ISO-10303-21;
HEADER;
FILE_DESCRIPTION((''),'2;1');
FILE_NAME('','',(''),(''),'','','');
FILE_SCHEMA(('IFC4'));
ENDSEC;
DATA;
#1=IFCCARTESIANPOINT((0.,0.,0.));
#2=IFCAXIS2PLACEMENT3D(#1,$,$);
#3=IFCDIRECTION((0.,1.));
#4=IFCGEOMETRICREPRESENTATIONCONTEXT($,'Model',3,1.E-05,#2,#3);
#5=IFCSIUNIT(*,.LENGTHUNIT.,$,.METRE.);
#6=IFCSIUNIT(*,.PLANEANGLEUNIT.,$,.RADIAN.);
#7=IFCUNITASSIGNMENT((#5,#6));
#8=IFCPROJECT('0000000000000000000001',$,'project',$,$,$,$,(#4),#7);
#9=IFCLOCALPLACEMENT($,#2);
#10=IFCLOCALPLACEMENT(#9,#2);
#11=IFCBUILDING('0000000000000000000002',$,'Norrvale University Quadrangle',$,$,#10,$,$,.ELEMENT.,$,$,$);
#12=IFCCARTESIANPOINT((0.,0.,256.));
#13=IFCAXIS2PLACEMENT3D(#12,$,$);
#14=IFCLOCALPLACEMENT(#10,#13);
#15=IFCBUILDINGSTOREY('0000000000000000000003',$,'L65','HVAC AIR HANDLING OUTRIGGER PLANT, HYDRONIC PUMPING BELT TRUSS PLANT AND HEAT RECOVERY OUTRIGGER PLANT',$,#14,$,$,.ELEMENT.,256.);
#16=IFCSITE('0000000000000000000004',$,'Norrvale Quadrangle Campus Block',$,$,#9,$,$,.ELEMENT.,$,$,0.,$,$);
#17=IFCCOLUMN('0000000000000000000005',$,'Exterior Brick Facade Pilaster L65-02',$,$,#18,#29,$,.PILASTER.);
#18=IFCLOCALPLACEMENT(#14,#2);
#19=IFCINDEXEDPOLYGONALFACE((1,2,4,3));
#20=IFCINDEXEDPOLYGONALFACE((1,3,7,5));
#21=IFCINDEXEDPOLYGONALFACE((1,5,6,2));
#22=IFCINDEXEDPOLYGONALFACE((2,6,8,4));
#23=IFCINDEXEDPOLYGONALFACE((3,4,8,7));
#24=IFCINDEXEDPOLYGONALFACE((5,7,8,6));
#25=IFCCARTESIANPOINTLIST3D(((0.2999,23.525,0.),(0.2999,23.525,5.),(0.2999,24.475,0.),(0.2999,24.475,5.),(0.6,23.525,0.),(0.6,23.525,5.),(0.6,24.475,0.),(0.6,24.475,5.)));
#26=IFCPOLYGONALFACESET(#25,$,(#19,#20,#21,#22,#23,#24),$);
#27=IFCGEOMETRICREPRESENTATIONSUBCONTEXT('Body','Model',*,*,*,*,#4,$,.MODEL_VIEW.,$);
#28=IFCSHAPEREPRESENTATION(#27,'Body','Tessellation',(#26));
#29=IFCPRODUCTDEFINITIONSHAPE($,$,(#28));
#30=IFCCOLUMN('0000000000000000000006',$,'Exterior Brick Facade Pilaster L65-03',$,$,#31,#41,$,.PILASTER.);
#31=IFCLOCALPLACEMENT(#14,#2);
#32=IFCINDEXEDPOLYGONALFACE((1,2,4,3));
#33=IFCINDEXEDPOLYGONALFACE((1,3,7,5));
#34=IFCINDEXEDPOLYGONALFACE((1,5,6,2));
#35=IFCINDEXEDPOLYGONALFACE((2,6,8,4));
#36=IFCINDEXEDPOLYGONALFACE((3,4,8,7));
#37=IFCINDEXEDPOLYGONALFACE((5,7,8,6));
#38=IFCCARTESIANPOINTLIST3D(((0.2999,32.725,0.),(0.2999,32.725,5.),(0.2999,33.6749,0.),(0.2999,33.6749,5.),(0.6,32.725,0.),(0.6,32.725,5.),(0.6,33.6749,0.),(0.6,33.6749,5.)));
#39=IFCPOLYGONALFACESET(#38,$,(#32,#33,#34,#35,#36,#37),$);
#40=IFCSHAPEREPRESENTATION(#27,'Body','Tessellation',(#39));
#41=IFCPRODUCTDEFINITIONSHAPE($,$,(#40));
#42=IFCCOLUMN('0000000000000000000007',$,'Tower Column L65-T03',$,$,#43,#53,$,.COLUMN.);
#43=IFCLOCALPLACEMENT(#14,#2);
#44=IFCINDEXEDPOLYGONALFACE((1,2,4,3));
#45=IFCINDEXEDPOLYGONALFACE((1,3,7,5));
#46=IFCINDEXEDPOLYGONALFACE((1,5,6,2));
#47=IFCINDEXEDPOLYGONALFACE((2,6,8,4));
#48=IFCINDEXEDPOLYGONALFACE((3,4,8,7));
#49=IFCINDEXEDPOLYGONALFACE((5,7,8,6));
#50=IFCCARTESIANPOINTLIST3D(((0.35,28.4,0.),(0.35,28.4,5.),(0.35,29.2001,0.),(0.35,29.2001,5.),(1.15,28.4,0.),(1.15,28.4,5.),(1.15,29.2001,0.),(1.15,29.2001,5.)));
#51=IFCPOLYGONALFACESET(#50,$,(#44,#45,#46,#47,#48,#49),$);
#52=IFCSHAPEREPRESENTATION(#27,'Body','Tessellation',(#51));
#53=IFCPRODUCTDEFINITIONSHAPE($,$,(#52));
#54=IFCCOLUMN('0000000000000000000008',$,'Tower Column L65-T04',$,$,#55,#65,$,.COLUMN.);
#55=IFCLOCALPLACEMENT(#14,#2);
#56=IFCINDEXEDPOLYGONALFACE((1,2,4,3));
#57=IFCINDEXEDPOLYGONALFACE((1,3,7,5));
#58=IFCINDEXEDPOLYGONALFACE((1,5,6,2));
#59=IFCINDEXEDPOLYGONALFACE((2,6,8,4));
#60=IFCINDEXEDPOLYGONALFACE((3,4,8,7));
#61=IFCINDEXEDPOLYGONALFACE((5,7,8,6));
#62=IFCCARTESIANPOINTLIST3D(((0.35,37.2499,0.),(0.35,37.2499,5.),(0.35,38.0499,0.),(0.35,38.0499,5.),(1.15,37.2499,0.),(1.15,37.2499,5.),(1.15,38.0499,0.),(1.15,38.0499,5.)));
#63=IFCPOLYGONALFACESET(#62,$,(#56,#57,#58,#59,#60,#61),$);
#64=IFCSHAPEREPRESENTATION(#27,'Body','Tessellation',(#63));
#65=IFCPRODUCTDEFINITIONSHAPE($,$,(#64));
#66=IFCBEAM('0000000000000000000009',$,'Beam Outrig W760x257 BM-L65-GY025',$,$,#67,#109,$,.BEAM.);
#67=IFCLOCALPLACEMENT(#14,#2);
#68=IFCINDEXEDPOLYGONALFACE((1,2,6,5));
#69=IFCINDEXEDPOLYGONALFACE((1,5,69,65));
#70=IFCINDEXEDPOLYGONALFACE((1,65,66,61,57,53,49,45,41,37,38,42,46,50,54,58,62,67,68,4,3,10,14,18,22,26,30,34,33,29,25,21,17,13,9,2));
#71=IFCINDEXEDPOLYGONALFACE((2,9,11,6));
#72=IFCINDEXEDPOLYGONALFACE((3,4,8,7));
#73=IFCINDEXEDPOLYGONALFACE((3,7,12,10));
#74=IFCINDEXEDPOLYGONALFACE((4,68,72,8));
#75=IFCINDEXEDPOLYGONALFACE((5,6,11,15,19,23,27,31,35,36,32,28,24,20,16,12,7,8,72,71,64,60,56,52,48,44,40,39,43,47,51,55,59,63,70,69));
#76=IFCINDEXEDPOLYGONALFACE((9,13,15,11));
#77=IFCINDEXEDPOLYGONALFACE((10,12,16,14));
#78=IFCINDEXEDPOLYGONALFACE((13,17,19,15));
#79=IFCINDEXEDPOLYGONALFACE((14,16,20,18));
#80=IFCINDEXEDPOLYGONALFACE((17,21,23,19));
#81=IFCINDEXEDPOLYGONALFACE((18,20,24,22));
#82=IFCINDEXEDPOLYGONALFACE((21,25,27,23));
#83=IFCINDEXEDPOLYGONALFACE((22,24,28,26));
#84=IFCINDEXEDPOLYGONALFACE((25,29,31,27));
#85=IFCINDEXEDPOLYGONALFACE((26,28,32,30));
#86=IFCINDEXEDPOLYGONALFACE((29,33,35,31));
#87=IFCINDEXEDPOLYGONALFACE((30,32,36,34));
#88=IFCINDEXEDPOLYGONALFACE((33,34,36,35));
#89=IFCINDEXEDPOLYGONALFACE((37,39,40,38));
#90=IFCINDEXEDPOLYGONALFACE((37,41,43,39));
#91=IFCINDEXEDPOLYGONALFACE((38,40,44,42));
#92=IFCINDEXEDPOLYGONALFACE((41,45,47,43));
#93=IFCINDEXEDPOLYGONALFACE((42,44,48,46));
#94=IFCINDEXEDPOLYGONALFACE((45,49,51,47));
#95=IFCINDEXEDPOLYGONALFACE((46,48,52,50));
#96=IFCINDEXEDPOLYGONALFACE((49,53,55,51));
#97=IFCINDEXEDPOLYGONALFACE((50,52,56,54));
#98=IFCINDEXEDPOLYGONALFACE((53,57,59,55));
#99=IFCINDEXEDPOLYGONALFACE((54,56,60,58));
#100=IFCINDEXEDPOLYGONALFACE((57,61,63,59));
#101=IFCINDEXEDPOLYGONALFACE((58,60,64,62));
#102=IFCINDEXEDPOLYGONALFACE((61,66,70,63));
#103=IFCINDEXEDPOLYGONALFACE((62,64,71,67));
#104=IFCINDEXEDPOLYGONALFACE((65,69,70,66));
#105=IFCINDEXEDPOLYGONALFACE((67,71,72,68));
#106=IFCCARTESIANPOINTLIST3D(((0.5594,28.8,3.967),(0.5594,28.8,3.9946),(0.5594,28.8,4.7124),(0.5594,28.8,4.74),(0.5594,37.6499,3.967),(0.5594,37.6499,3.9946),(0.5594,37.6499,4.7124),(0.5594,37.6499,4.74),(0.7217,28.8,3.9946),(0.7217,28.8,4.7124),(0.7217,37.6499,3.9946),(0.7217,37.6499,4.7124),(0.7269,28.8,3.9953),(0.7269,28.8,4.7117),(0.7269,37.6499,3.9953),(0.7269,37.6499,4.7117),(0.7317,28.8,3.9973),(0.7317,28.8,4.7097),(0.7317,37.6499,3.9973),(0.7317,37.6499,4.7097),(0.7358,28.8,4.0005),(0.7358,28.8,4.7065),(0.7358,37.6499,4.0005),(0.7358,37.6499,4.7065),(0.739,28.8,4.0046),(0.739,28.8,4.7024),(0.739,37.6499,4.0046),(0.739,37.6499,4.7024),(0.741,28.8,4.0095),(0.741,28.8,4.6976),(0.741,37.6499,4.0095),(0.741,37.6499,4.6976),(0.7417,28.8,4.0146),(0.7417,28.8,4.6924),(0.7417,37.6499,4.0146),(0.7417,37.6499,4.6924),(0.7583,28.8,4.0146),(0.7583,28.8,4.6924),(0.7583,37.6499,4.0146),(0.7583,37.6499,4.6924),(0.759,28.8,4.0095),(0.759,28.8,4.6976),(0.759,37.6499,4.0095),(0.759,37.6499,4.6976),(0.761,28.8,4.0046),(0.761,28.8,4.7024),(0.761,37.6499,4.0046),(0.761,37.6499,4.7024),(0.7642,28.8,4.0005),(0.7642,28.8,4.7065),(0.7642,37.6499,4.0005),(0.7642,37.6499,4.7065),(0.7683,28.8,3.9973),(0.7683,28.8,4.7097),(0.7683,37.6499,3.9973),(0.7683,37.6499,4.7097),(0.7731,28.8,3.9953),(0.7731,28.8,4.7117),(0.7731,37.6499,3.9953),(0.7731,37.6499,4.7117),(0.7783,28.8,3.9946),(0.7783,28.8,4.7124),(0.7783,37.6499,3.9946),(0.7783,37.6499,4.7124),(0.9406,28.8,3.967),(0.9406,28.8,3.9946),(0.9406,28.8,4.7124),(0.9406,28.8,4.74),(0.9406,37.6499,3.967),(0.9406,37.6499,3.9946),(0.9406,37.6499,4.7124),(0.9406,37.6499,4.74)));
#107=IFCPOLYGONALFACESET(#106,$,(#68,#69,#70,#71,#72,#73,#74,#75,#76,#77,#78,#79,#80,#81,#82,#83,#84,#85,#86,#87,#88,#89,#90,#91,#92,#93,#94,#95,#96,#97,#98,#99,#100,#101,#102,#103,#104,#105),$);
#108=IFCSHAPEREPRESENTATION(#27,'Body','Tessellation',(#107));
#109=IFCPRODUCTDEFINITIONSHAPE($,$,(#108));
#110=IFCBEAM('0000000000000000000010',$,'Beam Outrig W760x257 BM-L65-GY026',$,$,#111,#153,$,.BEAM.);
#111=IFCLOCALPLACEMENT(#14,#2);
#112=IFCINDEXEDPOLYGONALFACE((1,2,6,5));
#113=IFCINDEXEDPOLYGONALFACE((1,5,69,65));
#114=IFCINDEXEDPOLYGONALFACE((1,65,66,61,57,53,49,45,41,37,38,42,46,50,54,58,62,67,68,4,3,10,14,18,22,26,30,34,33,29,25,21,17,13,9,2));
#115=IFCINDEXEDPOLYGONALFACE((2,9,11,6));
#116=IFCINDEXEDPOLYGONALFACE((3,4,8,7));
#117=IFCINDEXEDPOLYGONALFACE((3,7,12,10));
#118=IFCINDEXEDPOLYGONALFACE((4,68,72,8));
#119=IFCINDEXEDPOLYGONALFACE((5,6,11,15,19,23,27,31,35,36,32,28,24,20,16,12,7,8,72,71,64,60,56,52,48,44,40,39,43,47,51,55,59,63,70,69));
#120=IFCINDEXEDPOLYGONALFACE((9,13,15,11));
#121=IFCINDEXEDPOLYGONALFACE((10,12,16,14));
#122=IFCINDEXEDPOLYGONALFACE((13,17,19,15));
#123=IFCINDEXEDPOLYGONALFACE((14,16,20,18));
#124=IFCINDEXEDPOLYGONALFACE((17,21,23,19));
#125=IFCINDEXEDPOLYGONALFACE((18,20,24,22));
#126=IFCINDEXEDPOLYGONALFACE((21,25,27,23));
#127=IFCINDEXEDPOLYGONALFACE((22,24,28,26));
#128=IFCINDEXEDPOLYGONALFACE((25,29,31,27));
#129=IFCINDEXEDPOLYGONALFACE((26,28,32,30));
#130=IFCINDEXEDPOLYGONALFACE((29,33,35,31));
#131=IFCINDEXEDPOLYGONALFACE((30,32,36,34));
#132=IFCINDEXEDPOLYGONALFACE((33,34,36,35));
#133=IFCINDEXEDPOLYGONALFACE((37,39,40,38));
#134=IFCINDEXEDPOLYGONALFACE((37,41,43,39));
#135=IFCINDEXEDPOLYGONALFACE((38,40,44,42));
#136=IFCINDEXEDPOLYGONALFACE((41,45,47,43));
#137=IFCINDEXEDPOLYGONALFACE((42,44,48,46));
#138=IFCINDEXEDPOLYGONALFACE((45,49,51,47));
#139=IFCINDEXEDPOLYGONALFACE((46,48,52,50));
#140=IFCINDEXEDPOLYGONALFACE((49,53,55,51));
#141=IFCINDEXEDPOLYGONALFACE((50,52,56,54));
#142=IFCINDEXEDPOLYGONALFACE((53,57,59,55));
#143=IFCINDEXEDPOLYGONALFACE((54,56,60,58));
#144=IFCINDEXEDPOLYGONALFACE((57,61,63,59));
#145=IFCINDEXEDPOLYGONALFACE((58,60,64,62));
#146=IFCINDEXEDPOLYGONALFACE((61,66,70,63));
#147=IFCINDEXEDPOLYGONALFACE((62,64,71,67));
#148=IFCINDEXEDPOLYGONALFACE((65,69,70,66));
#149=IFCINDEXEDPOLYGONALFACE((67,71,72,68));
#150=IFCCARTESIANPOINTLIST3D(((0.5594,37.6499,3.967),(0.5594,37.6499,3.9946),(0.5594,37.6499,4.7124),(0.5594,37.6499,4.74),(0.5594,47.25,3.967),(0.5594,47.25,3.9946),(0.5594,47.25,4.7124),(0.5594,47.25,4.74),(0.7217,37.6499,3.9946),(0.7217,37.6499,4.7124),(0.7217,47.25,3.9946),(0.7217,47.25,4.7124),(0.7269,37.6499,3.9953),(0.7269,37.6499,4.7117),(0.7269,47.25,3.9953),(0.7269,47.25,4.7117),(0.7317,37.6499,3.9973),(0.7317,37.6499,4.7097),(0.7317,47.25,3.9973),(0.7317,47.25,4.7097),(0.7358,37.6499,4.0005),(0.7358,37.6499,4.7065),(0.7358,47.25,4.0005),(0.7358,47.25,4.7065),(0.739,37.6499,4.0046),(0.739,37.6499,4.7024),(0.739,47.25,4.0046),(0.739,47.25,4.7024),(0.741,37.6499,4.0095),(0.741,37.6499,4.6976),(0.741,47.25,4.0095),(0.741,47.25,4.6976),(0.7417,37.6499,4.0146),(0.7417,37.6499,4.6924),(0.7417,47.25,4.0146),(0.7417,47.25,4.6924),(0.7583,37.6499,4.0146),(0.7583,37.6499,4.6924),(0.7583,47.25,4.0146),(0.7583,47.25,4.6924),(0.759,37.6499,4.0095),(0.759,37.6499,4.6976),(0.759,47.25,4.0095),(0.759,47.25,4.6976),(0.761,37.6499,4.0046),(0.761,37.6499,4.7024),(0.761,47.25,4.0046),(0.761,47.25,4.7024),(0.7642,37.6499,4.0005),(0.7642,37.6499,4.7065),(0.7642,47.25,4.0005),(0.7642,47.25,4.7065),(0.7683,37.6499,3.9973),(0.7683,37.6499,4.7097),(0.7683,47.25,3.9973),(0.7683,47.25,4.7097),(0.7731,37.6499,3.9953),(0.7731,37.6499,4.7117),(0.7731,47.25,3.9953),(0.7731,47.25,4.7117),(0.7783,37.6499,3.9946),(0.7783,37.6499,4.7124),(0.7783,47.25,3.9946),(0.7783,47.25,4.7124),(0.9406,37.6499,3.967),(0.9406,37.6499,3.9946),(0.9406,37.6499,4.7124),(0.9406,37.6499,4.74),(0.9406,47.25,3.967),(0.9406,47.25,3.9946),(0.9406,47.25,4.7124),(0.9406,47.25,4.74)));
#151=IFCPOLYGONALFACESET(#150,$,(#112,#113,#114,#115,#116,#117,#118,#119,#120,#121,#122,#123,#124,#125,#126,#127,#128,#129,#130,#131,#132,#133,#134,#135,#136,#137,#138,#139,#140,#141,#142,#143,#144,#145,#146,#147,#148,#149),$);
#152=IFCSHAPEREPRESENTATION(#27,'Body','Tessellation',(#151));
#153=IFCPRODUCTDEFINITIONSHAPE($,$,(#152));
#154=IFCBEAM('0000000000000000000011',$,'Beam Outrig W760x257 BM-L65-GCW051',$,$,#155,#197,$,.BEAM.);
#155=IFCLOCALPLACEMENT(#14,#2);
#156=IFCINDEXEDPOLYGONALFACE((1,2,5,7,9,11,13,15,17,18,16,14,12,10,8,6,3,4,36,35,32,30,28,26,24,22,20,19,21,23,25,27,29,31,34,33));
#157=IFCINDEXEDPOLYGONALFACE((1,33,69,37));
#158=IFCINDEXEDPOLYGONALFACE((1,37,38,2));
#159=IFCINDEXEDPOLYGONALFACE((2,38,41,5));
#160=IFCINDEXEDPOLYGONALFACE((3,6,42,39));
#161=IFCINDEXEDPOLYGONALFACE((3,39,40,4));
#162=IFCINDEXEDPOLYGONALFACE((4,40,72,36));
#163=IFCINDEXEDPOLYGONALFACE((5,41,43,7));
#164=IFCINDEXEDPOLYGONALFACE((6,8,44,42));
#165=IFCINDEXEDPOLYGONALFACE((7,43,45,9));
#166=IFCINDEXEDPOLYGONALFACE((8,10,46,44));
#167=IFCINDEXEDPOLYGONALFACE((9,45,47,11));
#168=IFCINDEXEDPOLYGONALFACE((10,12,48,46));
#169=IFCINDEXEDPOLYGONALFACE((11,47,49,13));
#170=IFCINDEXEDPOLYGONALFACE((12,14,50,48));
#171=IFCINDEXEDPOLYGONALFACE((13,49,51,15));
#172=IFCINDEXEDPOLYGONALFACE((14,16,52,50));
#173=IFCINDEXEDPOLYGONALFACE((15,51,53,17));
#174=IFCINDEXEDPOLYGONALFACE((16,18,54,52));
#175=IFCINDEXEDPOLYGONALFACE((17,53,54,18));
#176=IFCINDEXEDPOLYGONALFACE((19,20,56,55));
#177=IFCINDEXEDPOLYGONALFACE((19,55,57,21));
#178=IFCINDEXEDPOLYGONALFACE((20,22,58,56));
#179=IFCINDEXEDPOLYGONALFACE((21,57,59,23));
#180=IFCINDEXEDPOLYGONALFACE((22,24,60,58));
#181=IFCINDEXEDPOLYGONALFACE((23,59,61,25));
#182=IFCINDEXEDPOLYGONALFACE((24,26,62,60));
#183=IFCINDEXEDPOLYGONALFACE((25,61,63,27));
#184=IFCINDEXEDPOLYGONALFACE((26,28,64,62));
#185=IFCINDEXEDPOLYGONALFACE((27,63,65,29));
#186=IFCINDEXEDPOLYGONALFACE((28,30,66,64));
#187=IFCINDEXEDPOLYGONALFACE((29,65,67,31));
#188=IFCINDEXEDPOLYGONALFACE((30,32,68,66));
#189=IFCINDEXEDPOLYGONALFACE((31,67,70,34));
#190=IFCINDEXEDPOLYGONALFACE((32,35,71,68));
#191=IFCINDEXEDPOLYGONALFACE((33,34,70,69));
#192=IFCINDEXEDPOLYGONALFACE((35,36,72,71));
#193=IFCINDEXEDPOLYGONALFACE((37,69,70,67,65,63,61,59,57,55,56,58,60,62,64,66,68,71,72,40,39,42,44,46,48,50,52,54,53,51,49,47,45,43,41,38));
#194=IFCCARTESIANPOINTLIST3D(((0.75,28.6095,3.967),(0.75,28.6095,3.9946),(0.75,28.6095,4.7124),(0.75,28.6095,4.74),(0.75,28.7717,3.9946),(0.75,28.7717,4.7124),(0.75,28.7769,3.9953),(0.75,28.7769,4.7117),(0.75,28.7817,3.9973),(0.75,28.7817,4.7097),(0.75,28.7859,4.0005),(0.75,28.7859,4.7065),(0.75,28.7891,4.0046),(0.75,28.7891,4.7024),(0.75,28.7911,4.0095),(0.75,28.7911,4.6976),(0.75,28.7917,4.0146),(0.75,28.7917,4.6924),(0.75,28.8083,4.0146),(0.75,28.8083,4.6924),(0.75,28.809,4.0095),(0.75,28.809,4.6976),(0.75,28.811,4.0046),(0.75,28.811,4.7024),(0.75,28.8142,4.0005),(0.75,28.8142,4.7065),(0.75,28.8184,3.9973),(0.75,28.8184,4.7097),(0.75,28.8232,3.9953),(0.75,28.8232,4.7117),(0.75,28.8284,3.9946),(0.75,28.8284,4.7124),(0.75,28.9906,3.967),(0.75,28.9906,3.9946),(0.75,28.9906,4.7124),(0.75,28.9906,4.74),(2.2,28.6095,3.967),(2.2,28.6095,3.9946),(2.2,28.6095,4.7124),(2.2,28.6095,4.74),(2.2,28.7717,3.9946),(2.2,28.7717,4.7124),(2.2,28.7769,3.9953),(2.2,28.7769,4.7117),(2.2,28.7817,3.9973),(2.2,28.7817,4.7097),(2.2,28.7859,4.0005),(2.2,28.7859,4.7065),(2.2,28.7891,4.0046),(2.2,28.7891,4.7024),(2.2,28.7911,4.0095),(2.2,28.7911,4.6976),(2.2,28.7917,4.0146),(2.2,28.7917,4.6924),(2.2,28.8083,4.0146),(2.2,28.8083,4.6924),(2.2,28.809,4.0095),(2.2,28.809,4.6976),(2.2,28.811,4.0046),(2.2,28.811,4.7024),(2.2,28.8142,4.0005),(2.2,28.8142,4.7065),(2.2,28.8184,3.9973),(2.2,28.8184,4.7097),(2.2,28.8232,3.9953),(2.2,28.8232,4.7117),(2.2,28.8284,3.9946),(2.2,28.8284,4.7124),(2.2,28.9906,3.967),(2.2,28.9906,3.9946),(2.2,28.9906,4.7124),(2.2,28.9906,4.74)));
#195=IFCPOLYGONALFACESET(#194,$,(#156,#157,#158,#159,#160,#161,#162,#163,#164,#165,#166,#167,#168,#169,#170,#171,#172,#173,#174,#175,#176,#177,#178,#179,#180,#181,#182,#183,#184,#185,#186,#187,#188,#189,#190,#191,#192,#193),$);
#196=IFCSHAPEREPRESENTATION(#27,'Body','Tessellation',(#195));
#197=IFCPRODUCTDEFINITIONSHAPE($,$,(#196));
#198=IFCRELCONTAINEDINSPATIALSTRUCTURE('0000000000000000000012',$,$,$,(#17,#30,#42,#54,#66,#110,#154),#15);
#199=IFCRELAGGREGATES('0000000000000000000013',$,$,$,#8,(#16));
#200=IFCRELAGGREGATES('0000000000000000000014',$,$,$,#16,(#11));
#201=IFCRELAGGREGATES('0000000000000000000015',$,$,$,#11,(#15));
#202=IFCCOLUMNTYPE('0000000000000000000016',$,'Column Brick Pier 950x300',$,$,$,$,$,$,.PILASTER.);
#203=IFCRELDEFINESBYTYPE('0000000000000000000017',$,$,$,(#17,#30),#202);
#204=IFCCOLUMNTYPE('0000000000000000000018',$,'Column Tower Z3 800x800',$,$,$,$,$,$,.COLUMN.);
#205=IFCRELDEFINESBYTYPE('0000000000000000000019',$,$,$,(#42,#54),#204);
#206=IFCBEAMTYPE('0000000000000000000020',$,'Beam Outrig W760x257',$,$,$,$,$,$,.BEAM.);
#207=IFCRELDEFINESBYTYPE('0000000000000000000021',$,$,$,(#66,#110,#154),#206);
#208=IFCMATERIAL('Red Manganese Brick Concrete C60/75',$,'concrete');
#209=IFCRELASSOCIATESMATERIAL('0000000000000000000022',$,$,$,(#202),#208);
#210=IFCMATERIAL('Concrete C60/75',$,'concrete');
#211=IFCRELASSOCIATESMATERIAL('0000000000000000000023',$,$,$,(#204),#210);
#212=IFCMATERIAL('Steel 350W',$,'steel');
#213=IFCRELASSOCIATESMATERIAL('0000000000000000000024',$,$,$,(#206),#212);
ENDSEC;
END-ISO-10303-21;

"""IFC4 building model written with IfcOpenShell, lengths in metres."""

from ifc_helpers import new_model, si_unit, direction, frame, origin, origin_2d, place, context, subcontext, project, spatial, rectangle, i_section, extrude, material, material_profile, profile_set, type_object, element, save


model = new_model("IFC4")

# Units and contexts
model_context = context("Model", 3, precision=1e-05, world=origin(), true_north=direction((0.0, 1.0)))
body_context = subcontext(model_context, "Body", "Model", "MODEL_VIEW")
ifc_project = project(units=[si_unit("LENGTHUNIT", "METRE"), si_unit("PLANEANGLEUNIT", "RADIAN")], contexts=[model_context])

# Site, building, storey
site_placement = place(None, origin())
site = spatial("IfcSite", under=ifc_project, at=site_placement, Name="Norrvale Quadrangle Campus Block", CompositionType="ELEMENT", RefElevation=0.0)
building_placement = place(site_placement, origin())
building = spatial("IfcBuilding", under=site, at=building_placement, Name="Norrvale University Quadrangle", CompositionType="ELEMENT")
storey_placement = place(building_placement, frame((0.0, 0.0, 256.0)))
storey = spatial("IfcBuildingStorey", under=building, at=storey_placement, Name="L65", Description="HVAC AIR HANDLING OUTRIGGER PLANT, HYDRONIC PUMPING BELT TRUSS PLANT AND HEAT RECOVERY OUTRIGGER PLANT", CompositionType="ELEMENT", Elevation=256.0)

# Columns
ifc_material_1 = material(Name="Red Manganese Brick Concrete C60/75", Category="concrete")
ifc_material_profile_1 = material_profile(ifc_material_1, rectangle(XDim=0.95, YDim=0.3, at=origin_2d()), Name="Red Manganese Brick Concrete C60/75")
ifc_profile_set_1 = profile_set([ifc_material_profile_1], Name="Red Manganese Brick Concrete C60/75")
column_type_1 = type_object("IfcColumnType", Name="Column Brick Pier 950x300", PredefinedType="PILASTER", material=ifc_profile_set_1)
for number, where, z_axis, x_axis, name in (
    (1, (0.45, 24.0, 0.0), (0.0, 0.0, 1.0), (0.0, 1.0, 0.0), "Exterior Brick Facade Pilaster L65-02"),
    (2, (0.45, 33.2, 0.0), (0.0, 0.0, 1.0), (0.0, 1.0, 0.0), "Exterior Brick Facade Pilaster L65-03"),
):
    element("IfcColumn", number, at=place(storey_placement, frame(where, z_axis=z_axis, x_axis=x_axis)), inside=storey, type_object=column_type_1, Name=name, PredefinedType="PILASTER", context=body_context, shape_type="SweptSolid", body=[
        extrude(rectangle(XDim=0.95, YDim=0.3, at=origin_2d()), origin(), (0.0, 0.0, 1.0), 5.0),
    ])
ifc_material_2 = material(Name="Concrete C60/75", Category="concrete")
ifc_material_profile_2 = material_profile(ifc_material_2, rectangle(XDim=0.8, YDim=0.8, at=origin_2d()), Name="Concrete C60/75")
ifc_profile_set_2 = profile_set([ifc_material_profile_2], Name="Concrete C60/75")
column_type_2 = type_object("IfcColumnType", Name="Column Tower Z3 800x800", PredefinedType="COLUMN", material=ifc_profile_set_2)
for number, where, z_axis, x_axis, name in (
    (3, (0.75, 28.8, 0.0), (0.0, 0.0, 1.0), (1.0, 0.0, 0.0), "Tower Column L65-T03"),
    (4, (0.75, 37.6499, 0.0), (0.0, 0.0, 1.0), (1.0, 0.0, 0.0), "Tower Column L65-T04"),
):
    element("IfcColumn", number, at=place(storey_placement, frame(where, z_axis=z_axis, x_axis=x_axis)), inside=storey, type_object=column_type_2, Name=name, PredefinedType="COLUMN", context=body_context, shape_type="SweptSolid", body=[
        extrude(rectangle(XDim=0.8, YDim=0.8, at=origin_2d()), origin(), (0.0, 0.0, 1.0), 5.0),
    ])

# Beams
ifc_material_3 = material(Name="Steel 350W", Category="steel")
ifc_material_profile_3 = material_profile(ifc_material_3, i_section(OverallWidth=0.3811, OverallDepth=0.7729, WebThickness=0.0166, FlangeThickness=0.0276, FilletRadius=0.02, at=origin_2d()), Name="Steel 350W")
ifc_profile_set_3 = profile_set([ifc_material_profile_3], Name="Steel 350W")
beam_type = type_object("IfcBeamType", Name="Beam Outrig W760x257", PredefinedType="BEAM", material=ifc_profile_set_3)
beam_1_placement = place(storey_placement, frame((0.75, 28.8, 4.3535), z_axis=(0.0, 1.0, 0.0), x_axis=(-1.0, 0.0, 0.0)))
element("IfcBeam", 5, at=beam_1_placement, inside=storey, type_object=beam_type, Name="Beam Outrig W760x257 BM-L65-GY025", PredefinedType="BEAM", context=body_context, shape_type="SweptSolid", body=[
    extrude(i_section(OverallWidth=0.3811, OverallDepth=0.7729, WebThickness=0.0166, FlangeThickness=0.0276, FilletRadius=0.02, at=origin_2d()), origin(), (0.0, 0.0, 1.0), 8.8499),
])
beam_2_placement = place(storey_placement, frame((0.75, 37.6499, 4.3535), z_axis=(0.0, 1.0, 0.0), x_axis=(-1.0, 0.0, 0.0)))
element("IfcBeam", 6, at=beam_2_placement, inside=storey, type_object=beam_type, Name="Beam Outrig W760x257 BM-L65-GY026", PredefinedType="BEAM", context=body_context, shape_type="SweptSolid", body=[
    extrude(i_section(OverallWidth=0.3811, OverallDepth=0.7729, WebThickness=0.0166, FlangeThickness=0.0276, FilletRadius=0.02, at=origin_2d()), origin(), (0.0, 0.0, 1.0), 9.6001),
])
for number, where, z_axis, x_axis, name in (
    (7, (0.75, 28.8, 4.3535), (1.0, 0.0, 0.0), (0.0, 1.0, 0.0), "Beam Outrig W760x257 BM-L65-GCW051"),
):
    element("IfcBeam", number, at=place(storey_placement, frame(where, z_axis=z_axis, x_axis=x_axis)), inside=storey, type_object=beam_type, Name=name, PredefinedType="BEAM", context=body_context, shape_type="SweptSolid", body=[
        extrude(i_section(OverallWidth=0.3811, OverallDepth=0.7729, WebThickness=0.0166, FlangeThickness=0.0276, FilletRadius=0.02, at=origin_2d()), origin(), (0.0, 0.0, 1.0), 1.45),
    ])

save(model, "model.ifc")
